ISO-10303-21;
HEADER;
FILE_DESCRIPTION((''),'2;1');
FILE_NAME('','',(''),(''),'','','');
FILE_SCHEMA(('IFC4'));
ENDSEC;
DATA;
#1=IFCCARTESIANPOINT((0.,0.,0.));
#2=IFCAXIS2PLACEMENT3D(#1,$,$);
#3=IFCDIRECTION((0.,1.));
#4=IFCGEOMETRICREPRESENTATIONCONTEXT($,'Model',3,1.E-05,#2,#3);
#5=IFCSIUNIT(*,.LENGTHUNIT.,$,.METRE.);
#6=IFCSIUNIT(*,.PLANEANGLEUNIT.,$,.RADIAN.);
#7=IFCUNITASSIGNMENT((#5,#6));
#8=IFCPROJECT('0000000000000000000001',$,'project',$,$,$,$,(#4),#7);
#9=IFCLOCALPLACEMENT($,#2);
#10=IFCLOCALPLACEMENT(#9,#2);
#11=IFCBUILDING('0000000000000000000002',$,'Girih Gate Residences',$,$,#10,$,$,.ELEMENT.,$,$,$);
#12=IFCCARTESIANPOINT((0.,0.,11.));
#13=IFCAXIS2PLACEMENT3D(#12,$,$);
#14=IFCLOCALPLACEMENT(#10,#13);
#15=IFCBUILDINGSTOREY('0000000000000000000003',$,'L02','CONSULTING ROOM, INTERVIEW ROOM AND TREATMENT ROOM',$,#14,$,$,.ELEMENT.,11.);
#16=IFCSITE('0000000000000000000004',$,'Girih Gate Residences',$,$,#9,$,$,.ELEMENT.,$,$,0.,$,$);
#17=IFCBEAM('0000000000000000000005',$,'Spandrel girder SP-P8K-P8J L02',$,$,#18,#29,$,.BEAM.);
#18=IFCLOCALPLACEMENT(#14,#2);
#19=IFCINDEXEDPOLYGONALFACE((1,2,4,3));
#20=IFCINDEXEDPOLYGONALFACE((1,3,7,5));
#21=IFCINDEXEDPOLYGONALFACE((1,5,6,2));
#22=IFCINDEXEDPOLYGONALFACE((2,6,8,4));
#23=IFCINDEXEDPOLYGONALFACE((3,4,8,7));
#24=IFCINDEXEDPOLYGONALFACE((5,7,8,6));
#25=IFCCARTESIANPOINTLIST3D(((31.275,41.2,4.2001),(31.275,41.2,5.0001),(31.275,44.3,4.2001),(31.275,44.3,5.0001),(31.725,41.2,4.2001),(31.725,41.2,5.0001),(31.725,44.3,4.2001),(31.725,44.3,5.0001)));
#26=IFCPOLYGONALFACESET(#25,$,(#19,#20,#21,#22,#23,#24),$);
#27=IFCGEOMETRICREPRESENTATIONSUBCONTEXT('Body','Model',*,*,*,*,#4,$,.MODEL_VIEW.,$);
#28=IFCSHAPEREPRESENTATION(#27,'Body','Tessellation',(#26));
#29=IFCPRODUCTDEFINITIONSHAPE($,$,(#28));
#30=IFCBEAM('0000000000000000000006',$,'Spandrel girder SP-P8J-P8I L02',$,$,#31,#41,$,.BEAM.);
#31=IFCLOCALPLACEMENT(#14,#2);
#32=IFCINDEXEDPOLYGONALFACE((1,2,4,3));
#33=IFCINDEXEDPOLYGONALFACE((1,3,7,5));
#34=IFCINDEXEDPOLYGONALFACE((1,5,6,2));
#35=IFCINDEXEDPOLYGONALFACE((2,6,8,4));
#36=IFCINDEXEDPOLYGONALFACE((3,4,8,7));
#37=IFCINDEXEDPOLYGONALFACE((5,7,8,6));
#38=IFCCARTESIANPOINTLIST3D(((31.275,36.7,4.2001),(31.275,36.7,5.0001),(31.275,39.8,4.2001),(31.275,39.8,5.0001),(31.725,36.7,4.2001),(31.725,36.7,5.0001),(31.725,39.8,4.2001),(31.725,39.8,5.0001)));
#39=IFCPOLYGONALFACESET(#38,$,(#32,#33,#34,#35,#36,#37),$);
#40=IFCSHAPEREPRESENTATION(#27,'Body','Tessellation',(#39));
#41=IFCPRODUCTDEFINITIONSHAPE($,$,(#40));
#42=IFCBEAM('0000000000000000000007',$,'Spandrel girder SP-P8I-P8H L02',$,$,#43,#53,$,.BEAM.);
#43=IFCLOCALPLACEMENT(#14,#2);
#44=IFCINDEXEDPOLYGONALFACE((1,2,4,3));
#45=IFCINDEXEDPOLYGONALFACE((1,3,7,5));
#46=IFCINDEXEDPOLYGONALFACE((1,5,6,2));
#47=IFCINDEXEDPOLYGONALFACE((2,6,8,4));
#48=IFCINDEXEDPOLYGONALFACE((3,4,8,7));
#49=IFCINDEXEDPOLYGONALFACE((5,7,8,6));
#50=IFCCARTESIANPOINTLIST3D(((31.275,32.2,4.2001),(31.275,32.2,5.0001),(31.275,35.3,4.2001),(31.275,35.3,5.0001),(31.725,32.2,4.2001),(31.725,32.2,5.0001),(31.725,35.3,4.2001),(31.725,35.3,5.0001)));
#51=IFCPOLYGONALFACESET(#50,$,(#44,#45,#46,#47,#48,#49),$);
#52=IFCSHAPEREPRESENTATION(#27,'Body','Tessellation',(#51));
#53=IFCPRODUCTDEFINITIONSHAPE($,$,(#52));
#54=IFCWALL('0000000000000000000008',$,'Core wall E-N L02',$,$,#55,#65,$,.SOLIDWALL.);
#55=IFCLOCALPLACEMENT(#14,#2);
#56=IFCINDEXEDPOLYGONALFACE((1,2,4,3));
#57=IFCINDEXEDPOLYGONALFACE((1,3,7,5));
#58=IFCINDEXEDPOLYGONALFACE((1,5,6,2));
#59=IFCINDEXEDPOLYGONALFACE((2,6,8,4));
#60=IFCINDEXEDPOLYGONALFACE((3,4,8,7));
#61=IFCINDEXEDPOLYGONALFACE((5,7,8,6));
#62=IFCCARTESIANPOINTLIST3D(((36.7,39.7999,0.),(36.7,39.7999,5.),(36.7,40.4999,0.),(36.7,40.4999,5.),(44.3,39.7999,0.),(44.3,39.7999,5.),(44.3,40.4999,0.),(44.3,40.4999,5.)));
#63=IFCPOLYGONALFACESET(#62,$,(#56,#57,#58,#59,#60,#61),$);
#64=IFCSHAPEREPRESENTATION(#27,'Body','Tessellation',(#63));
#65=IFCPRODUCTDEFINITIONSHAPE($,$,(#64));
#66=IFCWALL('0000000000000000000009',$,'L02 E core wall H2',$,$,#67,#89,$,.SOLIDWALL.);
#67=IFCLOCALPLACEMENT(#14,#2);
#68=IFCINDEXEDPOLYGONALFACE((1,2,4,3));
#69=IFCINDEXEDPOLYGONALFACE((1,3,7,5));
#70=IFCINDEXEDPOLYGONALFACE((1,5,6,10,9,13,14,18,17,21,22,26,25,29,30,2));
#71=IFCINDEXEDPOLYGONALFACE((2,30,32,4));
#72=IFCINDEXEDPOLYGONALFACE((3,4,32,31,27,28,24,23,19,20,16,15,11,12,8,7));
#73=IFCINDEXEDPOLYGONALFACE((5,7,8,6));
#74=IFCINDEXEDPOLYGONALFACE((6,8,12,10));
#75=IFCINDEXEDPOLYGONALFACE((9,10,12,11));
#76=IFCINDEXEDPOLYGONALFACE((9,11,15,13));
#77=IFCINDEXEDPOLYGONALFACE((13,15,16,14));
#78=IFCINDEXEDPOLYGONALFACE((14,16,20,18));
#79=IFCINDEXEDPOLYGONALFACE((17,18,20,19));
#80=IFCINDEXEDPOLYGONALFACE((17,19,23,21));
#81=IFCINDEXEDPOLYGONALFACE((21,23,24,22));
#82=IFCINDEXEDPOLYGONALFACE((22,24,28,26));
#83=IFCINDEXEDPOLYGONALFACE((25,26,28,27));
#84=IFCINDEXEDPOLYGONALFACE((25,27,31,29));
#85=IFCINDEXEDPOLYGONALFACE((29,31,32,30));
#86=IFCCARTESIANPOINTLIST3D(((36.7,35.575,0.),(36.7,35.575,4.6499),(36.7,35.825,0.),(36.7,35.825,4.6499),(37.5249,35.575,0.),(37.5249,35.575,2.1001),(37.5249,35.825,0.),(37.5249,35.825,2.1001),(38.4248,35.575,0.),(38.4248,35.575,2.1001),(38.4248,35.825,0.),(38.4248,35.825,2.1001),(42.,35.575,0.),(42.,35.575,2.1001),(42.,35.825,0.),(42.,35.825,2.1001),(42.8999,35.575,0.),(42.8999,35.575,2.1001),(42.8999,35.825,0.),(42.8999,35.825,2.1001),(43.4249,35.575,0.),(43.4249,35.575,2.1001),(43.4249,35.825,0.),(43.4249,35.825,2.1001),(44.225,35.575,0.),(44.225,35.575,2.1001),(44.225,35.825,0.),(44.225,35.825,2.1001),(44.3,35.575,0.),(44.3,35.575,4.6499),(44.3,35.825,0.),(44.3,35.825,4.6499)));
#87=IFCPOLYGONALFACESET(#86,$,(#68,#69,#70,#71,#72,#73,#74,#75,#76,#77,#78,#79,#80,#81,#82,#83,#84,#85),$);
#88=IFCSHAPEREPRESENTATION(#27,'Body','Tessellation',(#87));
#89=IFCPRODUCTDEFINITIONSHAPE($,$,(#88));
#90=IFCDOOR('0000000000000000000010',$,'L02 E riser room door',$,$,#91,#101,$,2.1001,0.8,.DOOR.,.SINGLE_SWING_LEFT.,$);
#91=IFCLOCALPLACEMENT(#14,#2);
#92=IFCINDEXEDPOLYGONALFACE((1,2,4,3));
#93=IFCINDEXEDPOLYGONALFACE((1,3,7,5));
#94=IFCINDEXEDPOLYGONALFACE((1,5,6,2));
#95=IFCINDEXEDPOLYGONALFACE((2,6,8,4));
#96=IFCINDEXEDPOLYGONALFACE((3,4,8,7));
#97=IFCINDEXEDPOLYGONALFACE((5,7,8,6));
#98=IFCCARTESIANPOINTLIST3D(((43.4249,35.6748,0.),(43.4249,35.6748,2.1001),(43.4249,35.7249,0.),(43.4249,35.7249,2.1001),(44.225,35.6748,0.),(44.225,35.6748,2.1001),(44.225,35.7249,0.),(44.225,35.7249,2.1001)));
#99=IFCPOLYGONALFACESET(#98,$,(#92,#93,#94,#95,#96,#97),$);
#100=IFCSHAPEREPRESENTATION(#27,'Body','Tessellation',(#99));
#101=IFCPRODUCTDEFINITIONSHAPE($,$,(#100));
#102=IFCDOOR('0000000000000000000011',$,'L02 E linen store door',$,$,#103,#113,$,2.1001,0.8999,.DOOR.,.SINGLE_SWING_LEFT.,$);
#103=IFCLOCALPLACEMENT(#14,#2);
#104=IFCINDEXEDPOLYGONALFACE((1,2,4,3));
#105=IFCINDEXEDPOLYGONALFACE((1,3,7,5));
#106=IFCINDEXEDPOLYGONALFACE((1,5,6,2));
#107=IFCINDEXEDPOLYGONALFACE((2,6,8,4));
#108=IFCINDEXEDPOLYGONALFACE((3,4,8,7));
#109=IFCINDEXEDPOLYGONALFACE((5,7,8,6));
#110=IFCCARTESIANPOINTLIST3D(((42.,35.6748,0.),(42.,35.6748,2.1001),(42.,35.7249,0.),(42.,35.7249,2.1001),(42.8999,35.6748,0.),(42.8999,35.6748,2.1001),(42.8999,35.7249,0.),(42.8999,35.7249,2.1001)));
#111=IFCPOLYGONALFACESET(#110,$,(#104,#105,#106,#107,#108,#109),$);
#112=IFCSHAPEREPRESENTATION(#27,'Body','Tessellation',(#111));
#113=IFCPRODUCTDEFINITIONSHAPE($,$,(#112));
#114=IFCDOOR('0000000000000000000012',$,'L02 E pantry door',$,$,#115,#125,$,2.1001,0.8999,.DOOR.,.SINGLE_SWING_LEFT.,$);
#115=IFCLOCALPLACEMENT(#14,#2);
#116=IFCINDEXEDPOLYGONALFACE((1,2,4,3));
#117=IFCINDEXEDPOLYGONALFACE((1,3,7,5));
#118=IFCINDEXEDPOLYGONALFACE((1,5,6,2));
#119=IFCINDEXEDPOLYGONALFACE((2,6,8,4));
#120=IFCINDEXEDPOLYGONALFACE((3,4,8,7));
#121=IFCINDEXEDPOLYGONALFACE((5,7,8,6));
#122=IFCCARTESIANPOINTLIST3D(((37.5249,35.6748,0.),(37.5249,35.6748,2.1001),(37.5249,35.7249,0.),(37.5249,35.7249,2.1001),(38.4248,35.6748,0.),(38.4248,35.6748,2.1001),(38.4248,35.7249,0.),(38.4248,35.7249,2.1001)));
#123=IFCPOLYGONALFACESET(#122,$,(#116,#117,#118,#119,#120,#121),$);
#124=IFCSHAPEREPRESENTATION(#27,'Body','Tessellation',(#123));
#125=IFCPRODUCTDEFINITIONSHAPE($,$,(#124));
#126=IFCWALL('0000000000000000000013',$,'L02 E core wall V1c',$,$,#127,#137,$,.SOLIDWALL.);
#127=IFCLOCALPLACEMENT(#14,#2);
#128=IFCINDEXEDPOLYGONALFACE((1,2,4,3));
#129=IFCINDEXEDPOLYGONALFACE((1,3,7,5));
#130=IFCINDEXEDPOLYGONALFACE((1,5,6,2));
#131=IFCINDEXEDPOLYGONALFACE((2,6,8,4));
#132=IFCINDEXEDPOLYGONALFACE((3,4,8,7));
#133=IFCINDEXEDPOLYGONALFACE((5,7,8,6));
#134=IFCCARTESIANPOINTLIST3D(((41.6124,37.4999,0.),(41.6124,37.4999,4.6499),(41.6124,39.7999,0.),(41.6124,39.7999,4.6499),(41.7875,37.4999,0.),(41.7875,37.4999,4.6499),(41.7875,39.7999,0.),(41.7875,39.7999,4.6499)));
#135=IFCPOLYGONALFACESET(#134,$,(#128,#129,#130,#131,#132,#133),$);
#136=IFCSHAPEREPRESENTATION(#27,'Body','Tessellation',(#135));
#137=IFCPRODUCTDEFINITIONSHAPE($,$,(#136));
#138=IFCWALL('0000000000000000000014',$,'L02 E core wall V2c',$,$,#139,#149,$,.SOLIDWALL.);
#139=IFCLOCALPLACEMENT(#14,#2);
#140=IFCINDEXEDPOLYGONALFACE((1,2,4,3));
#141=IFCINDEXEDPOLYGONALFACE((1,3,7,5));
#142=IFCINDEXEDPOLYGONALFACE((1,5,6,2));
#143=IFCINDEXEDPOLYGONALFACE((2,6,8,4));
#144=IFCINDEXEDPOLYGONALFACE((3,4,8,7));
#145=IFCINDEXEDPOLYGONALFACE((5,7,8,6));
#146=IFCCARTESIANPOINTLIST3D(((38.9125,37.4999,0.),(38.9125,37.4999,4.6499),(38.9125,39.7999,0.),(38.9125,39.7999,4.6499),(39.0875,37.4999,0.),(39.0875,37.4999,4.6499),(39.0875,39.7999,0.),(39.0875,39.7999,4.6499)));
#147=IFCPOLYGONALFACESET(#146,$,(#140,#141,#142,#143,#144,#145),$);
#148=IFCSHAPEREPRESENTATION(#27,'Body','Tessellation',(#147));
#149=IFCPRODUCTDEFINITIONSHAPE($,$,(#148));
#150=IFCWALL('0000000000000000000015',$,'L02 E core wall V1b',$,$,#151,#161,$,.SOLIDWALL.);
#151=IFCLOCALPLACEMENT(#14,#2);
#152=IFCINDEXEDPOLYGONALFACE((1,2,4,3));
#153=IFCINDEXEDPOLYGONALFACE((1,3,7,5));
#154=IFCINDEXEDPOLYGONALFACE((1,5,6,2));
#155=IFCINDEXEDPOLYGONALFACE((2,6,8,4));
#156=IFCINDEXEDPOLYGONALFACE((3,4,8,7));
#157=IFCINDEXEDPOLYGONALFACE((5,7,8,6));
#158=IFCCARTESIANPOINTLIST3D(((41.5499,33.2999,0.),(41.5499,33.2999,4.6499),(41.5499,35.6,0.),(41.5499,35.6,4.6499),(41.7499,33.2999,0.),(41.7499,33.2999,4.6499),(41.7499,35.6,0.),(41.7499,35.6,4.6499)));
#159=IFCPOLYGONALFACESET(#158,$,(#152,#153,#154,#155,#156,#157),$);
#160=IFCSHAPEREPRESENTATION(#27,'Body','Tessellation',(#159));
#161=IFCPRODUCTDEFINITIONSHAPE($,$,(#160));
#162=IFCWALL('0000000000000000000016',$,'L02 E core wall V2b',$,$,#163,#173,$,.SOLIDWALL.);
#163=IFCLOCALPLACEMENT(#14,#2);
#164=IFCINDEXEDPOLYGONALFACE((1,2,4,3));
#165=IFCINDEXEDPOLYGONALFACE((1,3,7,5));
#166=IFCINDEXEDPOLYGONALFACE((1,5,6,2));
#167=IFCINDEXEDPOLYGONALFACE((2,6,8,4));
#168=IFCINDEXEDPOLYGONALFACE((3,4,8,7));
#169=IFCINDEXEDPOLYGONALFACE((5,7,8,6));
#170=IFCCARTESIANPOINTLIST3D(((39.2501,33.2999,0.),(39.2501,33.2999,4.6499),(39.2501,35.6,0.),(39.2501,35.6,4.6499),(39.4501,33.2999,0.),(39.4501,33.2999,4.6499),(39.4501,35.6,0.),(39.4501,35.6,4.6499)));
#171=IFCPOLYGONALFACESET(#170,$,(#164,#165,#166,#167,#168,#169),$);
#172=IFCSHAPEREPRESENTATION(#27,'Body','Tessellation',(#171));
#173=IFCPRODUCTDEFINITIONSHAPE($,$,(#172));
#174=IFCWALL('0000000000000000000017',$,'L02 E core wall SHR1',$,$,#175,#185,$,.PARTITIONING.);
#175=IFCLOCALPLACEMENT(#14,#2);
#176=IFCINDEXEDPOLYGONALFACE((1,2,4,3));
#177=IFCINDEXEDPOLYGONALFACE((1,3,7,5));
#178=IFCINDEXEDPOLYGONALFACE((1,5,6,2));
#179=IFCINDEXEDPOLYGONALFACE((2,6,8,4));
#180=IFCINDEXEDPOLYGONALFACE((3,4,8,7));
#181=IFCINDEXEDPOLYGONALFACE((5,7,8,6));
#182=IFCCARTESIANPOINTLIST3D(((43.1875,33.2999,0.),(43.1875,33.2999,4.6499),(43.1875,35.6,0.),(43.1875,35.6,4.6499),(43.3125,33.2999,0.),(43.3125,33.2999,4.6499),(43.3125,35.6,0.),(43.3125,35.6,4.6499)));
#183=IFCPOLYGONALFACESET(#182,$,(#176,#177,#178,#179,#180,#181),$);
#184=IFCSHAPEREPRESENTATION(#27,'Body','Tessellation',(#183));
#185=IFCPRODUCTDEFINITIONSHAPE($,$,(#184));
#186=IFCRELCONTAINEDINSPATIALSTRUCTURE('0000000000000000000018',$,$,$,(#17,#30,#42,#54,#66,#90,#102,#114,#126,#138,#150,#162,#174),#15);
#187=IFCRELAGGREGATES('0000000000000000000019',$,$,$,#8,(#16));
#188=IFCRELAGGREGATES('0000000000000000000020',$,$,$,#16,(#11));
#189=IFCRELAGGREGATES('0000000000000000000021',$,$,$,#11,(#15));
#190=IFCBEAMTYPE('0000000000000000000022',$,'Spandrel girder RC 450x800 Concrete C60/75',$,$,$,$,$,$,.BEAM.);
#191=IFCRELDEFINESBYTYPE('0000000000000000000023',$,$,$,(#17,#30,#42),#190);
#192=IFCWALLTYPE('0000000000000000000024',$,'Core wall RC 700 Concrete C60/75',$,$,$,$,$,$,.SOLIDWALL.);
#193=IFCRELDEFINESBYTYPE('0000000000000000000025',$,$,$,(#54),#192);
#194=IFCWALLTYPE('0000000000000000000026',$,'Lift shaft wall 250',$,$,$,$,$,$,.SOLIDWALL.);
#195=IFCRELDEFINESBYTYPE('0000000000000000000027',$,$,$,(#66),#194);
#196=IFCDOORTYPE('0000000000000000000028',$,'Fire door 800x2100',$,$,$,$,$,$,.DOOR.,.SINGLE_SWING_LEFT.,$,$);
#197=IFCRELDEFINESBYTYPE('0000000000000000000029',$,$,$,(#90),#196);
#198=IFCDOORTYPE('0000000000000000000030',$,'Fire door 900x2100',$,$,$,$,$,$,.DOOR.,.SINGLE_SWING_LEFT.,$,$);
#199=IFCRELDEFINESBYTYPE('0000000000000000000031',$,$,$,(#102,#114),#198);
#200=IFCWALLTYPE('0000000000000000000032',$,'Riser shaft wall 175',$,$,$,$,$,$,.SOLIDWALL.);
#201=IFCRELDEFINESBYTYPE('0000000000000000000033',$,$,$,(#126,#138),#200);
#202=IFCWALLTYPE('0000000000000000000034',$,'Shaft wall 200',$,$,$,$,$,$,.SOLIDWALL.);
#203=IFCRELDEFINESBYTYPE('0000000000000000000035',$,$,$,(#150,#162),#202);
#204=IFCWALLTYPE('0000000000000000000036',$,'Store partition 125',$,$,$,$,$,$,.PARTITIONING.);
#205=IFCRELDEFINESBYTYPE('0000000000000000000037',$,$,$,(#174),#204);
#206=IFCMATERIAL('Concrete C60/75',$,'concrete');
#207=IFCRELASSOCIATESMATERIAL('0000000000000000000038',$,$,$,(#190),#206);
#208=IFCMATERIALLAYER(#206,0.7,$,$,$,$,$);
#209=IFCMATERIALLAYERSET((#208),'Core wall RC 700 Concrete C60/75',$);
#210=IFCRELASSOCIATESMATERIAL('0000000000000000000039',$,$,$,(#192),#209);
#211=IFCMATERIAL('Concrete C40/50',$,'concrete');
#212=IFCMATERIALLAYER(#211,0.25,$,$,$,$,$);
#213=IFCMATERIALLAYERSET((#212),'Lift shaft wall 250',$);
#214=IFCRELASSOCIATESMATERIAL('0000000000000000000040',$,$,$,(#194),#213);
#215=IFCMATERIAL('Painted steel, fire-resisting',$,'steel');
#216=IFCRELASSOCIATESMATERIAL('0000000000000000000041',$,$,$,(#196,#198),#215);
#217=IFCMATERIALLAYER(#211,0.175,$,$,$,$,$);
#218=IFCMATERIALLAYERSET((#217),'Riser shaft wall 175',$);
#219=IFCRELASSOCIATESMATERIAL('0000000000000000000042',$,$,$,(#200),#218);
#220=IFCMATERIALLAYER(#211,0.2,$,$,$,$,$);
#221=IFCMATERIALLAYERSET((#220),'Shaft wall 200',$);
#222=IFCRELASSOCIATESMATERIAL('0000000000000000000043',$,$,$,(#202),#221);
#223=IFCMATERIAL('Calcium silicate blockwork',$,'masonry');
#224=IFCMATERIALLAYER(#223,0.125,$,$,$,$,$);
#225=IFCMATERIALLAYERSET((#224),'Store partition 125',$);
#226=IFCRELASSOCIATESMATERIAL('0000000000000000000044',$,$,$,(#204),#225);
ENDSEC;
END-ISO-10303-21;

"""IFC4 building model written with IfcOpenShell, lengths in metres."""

from ifc_helpers import new_model, si_unit, direction, frame, frame_2d, origin, origin_2d, place, context, subcontext, project, spatial, rectangle, extrude, material, layer, layer_set, material_profile, profile_set, type_object, element, fill, save


model = new_model("IFC4")

# Units and contexts
model_context = context("Model", 3, precision=1e-05, world=origin(), true_north=direction((0.0, 1.0)))
body_context = subcontext(model_context, "Body", "Model", "MODEL_VIEW")
ifc_project = project(units=[si_unit("LENGTHUNIT", "METRE"), si_unit("PLANEANGLEUNIT", "RADIAN")], contexts=[model_context])

# Site, building, storey
site_placement = place(None, origin())
site = spatial("IfcSite", under=ifc_project, at=site_placement, Name="Girih Gate Residences", CompositionType="ELEMENT", RefElevation=0.0)
building_placement = place(site_placement, origin())
building = spatial("IfcBuilding", under=site, at=building_placement, Name="Girih Gate Residences", CompositionType="ELEMENT")
storey_placement = place(building_placement, frame((0.0, 0.0, 11.0)))
storey = spatial("IfcBuildingStorey", under=building, at=storey_placement, Name="L02", Description="CONSULTING ROOM, INTERVIEW ROOM AND TREATMENT ROOM", CompositionType="ELEMENT", Elevation=11.0)

# Beams
ifc_material_1 = material(Name="Concrete C60/75", Category="concrete")
ifc_material_profile = material_profile(ifc_material_1, rectangle(XDim=0.45, YDim=0.8, at=origin_2d()))
ifc_profile_set = profile_set([ifc_material_profile], Name="Concrete C60/75")
beam_type = type_object("IfcBeamType", Name="Spandrel girder RC 450x800 Concrete C60/75", PredefinedType="BEAM", material=ifc_profile_set)
for number, where, z_axis, x_axis, name in (
    (1, (31.5, 44.3, 4.6001), (0.0, -1.0, 0.0), (1.0, 0.0, 0.0), "Spandrel girder SP-P8K-P8J L02"),
    (2, (31.5, 39.8, 4.6001), (0.0, -1.0, 0.0), (1.0, 0.0, 0.0), "Spandrel girder SP-P8J-P8I L02"),
    (3, (31.5, 35.3, 4.6001), (0.0, -1.0, 0.0), (1.0, 0.0, 0.0), "Spandrel girder SP-P8I-P8H L02"),
):
    element("IfcBeam", number, at=place(storey_placement, frame(where, z_axis=z_axis, x_axis=x_axis)), inside=storey, type_object=beam_type, Name=name, PredefinedType="BEAM", context=body_context, shape_type="SweptSolid", body=[
        extrude(rectangle(XDim=0.45, YDim=0.8, at=origin_2d()), origin(), (0.0, 0.0, 1.0), 3.1001),
    ])

# Wall
ifc_layer_1 = layer(ifc_material_1, 0.7)
ifc_layer_set_1 = layer_set([ifc_layer_1], Name="Core wall RC 700 Concrete C60/75")
wall_type_1 = type_object("IfcWallType", Name="Core wall RC 700 Concrete C60/75", PredefinedType="SOLIDWALL", material=ifc_layer_set_1)
wall_1_placement = place(storey_placement, frame((36.7, 40.1499, 0.0), z_axis=(0.0, 0.0, 1.0), x_axis=(1.0, 0.0, 0.0)))
element("IfcWall", 4, at=wall_1_placement, inside=storey, type_object=wall_type_1, Name="Core wall E-N L02", PredefinedType="SOLIDWALL", context=body_context, shape_type="SweptSolid", body=[
    extrude(rectangle(XDim=7.6001, YDim=0.7, at=frame_2d((3.8, 0.0))), origin(), (0.0, 0.0, 1.0), 5.0),
])

# Wall, openings, doors
ifc_material_2 = material(Name="Concrete C40/50", Category="concrete")
ifc_layer_2 = layer(ifc_material_2, 0.25)
ifc_layer_set_2 = layer_set([ifc_layer_2], Name="Lift shaft wall 250")
wall_type_2 = type_object("IfcWallType", Name="Lift shaft wall 250", PredefinedType="SOLIDWALL", material=ifc_layer_set_2)
wall_2_placement = place(storey_placement, frame((36.7, 35.7, 0.0), z_axis=(0.0, 0.0, 1.0), x_axis=(1.0, 0.0, 0.0)))
wall_2 = element("IfcWall", 5, at=wall_2_placement, inside=storey, type_object=wall_type_2, Name="L02 E core wall H2", PredefinedType="SOLIDWALL", context=body_context, shape_type="SweptSolid", body=[
    extrude(rectangle(XDim=7.6001, YDim=0.25, at=frame_2d((3.8, 0.0))), origin(), (0.0, 0.0, 1.0), 4.6499),
])
opening_1_placement = place(wall_2_placement, frame((6.7251, 0.0, 0.0)))
opening_1 = element("IfcOpeningElement", 6, at=opening_1_placement, cuts=wall_2, PredefinedType="OPENING", context=body_context, shape_type="SweptSolid", body=[
    extrude(rectangle(XDim=0.8, YDim=2.1001, at=frame_2d((0.3999, 1.05))), frame((0.0, 0.135, 0.0), z_axis=(0.0, -1.0, 0.0), x_axis=(1.0, 0.0, 0.0)), (0.0, 0.0, 1.0), 0.27),
])
opening_2_placement = place(wall_2_placement, frame((5.3, 0.0, 0.0)))
opening_2 = element("IfcOpeningElement", 7, at=opening_2_placement, cuts=wall_2, PredefinedType="OPENING", context=body_context, shape_type="SweptSolid", body=[
    extrude(rectangle(XDim=0.8999, YDim=2.1001, at=frame_2d((0.45, 1.05))), frame((0.0, 0.135, 0.0), z_axis=(0.0, -1.0, 0.0), x_axis=(1.0, 0.0, 0.0)), (0.0, 0.0, 1.0), 0.27),
])
opening_3_placement = place(wall_2_placement, frame((0.825, 0.0, 0.0)))
opening_3 = element("IfcOpeningElement", 8, at=opening_3_placement, cuts=wall_2, PredefinedType="OPENING", context=body_context, shape_type="SweptSolid", body=[
    extrude(rectangle(XDim=0.8999, YDim=2.1001, at=frame_2d((0.45, 1.05))), frame((0.0, 0.135, 0.0), z_axis=(0.0, -1.0, 0.0), x_axis=(1.0, 0.0, 0.0)), (0.0, 0.0, 1.0), 0.27),
])
ifc_material_3 = material(Name="Painted steel, fire-resisting", Category="steel")
door_type_1 = type_object("IfcDoorType", Name="Fire door 800x2100", OperationType="SINGLE_SWING_LEFT", PredefinedType="DOOR", material=ifc_material_3)
door_1_placement = place(opening_1_placement, origin())
door_1 = element("IfcDoor", 9, at=door_1_placement, inside=storey, type_object=door_type_1, Name="L02 E riser room door", OperationType="SINGLE_SWING_LEFT", OverallHeight=2.1001, OverallWidth=0.8, PredefinedType="DOOR", context=body_context, shape_type="SweptSolid", body=[
    extrude(rectangle(XDim=0.8, YDim=2.1001, at=frame_2d((0.3999, 1.05))), frame((0.0, 0.0249, 0.0), z_axis=(0.0, -1.0, 0.0), x_axis=(1.0, 0.0, 0.0)), (0.0, 0.0, 1.0), 0.05),
])
fill(opening_1, door_1)
door_type_2 = type_object("IfcDoorType", Name="Fire door 900x2100", OperationType="SINGLE_SWING_LEFT", PredefinedType="DOOR", material=ifc_material_3)
door_2_placement = place(opening_2_placement, origin())
door_2 = element("IfcDoor", 10, at=door_2_placement, inside=storey, type_object=door_type_2, Name="L02 E linen store door", OperationType="SINGLE_SWING_LEFT", OverallHeight=2.1001, OverallWidth=0.8999, PredefinedType="DOOR", context=body_context, shape_type="SweptSolid", body=[
    extrude(rectangle(XDim=0.8999, YDim=2.1001, at=frame_2d((0.45, 1.05))), frame((0.0, 0.0249, 0.0), z_axis=(0.0, -1.0, 0.0), x_axis=(1.0, 0.0, 0.0)), (0.0, 0.0, 1.0), 0.05),
])
fill(opening_2, door_2)
door_3_placement = place(opening_3_placement, origin())
door_3 = element("IfcDoor", 11, at=door_3_placement, inside=storey, type_object=door_type_2, Name="L02 E pantry door", OperationType="SINGLE_SWING_LEFT", OverallHeight=2.1001, OverallWidth=0.8999, PredefinedType="DOOR", context=body_context, shape_type="SweptSolid", body=[
    extrude(rectangle(XDim=0.8999, YDim=2.1001, at=frame_2d((0.45, 1.05))), frame((0.0, 0.0249, 0.0), z_axis=(0.0, -1.0, 0.0), x_axis=(1.0, 0.0, 0.0)), (0.0, 0.0, 1.0), 0.05),
])
fill(opening_3, door_3)

# Walls
ifc_layer_3 = layer(ifc_material_2, 0.175)
ifc_layer_set_3 = layer_set([ifc_layer_3], Name="Riser shaft wall 175")
wall_type_3 = type_object("IfcWallType", Name="Riser shaft wall 175", PredefinedType="SOLIDWALL", material=ifc_layer_set_3)
for number, where, z_axis, x_axis, name in (
    (12, (41.7, 37.5, 0.0), (0.0, 0.0, 1.0), (0.0, 1.0, 0.0), "L02 E core wall V1c"),
    (13, (39.0, 37.5, 0.0), (0.0, 0.0, 1.0), (0.0, 1.0, 0.0), "L02 E core wall V2c"),
):
    element("IfcWall", number, at=place(storey_placement, frame(where, z_axis=z_axis, x_axis=x_axis)), inside=storey, type_object=wall_type_3, Name=name, PredefinedType="SOLIDWALL", context=body_context, shape_type="SweptSolid", body=[
        extrude(rectangle(XDim=2.3, YDim=0.175, at=frame_2d((1.1499, 0.0))), origin(), (0.0, 0.0, 1.0), 4.6499),
    ])
ifc_layer_4 = layer(ifc_material_2, 0.2)
ifc_layer_set_4 = layer_set([ifc_layer_4], Name="Shaft wall 200")
wall_type_4 = type_object("IfcWallType", Name="Shaft wall 200", PredefinedType="SOLIDWALL", material=ifc_layer_set_4)
for number, where, z_axis, x_axis, name in (
    (14, (41.6499, 33.3, 0.0), (0.0, 0.0, 1.0), (0.0, 1.0, 0.0), "L02 E core wall V1b"),
    (15, (39.3501, 33.3, 0.0), (0.0, 0.0, 1.0), (0.0, 1.0, 0.0), "L02 E core wall V2b"),
):
    element("IfcWall", number, at=place(storey_placement, frame(where, z_axis=z_axis, x_axis=x_axis)), inside=storey, type_object=wall_type_4, Name=name, PredefinedType="SOLIDWALL", context=body_context, shape_type="SweptSolid", body=[
        extrude(rectangle(XDim=2.3, YDim=0.2, at=frame_2d((1.1499, 0.0))), origin(), (0.0, 0.0, 1.0), 4.6499),
    ])
ifc_material_4 = material(Name="Calcium silicate blockwork", Category="masonry")
ifc_layer_5 = layer(ifc_material_4, 0.125)
ifc_layer_set_5 = layer_set([ifc_layer_5], Name="Store partition 125")
wall_type_5 = type_object("IfcWallType", Name="Store partition 125", PredefinedType="PARTITIONING", material=ifc_layer_set_5)
wall_3_placement = place(storey_placement, frame((43.25, 33.3, 0.0), z_axis=(0.0, 0.0, 1.0), x_axis=(0.0, 1.0, 0.0)))
element("IfcWall", 16, at=wall_3_placement, inside=storey, type_object=wall_type_5, Name="L02 E core wall SHR1", PredefinedType="PARTITIONING", context=body_context, shape_type="SweptSolid", body=[
    extrude(rectangle(XDim=2.3, YDim=0.125, at=frame_2d((1.1499, 0.0))), origin(), (0.0, 0.0, 1.0), 4.6499),
])

save(model, "model.ifc")
